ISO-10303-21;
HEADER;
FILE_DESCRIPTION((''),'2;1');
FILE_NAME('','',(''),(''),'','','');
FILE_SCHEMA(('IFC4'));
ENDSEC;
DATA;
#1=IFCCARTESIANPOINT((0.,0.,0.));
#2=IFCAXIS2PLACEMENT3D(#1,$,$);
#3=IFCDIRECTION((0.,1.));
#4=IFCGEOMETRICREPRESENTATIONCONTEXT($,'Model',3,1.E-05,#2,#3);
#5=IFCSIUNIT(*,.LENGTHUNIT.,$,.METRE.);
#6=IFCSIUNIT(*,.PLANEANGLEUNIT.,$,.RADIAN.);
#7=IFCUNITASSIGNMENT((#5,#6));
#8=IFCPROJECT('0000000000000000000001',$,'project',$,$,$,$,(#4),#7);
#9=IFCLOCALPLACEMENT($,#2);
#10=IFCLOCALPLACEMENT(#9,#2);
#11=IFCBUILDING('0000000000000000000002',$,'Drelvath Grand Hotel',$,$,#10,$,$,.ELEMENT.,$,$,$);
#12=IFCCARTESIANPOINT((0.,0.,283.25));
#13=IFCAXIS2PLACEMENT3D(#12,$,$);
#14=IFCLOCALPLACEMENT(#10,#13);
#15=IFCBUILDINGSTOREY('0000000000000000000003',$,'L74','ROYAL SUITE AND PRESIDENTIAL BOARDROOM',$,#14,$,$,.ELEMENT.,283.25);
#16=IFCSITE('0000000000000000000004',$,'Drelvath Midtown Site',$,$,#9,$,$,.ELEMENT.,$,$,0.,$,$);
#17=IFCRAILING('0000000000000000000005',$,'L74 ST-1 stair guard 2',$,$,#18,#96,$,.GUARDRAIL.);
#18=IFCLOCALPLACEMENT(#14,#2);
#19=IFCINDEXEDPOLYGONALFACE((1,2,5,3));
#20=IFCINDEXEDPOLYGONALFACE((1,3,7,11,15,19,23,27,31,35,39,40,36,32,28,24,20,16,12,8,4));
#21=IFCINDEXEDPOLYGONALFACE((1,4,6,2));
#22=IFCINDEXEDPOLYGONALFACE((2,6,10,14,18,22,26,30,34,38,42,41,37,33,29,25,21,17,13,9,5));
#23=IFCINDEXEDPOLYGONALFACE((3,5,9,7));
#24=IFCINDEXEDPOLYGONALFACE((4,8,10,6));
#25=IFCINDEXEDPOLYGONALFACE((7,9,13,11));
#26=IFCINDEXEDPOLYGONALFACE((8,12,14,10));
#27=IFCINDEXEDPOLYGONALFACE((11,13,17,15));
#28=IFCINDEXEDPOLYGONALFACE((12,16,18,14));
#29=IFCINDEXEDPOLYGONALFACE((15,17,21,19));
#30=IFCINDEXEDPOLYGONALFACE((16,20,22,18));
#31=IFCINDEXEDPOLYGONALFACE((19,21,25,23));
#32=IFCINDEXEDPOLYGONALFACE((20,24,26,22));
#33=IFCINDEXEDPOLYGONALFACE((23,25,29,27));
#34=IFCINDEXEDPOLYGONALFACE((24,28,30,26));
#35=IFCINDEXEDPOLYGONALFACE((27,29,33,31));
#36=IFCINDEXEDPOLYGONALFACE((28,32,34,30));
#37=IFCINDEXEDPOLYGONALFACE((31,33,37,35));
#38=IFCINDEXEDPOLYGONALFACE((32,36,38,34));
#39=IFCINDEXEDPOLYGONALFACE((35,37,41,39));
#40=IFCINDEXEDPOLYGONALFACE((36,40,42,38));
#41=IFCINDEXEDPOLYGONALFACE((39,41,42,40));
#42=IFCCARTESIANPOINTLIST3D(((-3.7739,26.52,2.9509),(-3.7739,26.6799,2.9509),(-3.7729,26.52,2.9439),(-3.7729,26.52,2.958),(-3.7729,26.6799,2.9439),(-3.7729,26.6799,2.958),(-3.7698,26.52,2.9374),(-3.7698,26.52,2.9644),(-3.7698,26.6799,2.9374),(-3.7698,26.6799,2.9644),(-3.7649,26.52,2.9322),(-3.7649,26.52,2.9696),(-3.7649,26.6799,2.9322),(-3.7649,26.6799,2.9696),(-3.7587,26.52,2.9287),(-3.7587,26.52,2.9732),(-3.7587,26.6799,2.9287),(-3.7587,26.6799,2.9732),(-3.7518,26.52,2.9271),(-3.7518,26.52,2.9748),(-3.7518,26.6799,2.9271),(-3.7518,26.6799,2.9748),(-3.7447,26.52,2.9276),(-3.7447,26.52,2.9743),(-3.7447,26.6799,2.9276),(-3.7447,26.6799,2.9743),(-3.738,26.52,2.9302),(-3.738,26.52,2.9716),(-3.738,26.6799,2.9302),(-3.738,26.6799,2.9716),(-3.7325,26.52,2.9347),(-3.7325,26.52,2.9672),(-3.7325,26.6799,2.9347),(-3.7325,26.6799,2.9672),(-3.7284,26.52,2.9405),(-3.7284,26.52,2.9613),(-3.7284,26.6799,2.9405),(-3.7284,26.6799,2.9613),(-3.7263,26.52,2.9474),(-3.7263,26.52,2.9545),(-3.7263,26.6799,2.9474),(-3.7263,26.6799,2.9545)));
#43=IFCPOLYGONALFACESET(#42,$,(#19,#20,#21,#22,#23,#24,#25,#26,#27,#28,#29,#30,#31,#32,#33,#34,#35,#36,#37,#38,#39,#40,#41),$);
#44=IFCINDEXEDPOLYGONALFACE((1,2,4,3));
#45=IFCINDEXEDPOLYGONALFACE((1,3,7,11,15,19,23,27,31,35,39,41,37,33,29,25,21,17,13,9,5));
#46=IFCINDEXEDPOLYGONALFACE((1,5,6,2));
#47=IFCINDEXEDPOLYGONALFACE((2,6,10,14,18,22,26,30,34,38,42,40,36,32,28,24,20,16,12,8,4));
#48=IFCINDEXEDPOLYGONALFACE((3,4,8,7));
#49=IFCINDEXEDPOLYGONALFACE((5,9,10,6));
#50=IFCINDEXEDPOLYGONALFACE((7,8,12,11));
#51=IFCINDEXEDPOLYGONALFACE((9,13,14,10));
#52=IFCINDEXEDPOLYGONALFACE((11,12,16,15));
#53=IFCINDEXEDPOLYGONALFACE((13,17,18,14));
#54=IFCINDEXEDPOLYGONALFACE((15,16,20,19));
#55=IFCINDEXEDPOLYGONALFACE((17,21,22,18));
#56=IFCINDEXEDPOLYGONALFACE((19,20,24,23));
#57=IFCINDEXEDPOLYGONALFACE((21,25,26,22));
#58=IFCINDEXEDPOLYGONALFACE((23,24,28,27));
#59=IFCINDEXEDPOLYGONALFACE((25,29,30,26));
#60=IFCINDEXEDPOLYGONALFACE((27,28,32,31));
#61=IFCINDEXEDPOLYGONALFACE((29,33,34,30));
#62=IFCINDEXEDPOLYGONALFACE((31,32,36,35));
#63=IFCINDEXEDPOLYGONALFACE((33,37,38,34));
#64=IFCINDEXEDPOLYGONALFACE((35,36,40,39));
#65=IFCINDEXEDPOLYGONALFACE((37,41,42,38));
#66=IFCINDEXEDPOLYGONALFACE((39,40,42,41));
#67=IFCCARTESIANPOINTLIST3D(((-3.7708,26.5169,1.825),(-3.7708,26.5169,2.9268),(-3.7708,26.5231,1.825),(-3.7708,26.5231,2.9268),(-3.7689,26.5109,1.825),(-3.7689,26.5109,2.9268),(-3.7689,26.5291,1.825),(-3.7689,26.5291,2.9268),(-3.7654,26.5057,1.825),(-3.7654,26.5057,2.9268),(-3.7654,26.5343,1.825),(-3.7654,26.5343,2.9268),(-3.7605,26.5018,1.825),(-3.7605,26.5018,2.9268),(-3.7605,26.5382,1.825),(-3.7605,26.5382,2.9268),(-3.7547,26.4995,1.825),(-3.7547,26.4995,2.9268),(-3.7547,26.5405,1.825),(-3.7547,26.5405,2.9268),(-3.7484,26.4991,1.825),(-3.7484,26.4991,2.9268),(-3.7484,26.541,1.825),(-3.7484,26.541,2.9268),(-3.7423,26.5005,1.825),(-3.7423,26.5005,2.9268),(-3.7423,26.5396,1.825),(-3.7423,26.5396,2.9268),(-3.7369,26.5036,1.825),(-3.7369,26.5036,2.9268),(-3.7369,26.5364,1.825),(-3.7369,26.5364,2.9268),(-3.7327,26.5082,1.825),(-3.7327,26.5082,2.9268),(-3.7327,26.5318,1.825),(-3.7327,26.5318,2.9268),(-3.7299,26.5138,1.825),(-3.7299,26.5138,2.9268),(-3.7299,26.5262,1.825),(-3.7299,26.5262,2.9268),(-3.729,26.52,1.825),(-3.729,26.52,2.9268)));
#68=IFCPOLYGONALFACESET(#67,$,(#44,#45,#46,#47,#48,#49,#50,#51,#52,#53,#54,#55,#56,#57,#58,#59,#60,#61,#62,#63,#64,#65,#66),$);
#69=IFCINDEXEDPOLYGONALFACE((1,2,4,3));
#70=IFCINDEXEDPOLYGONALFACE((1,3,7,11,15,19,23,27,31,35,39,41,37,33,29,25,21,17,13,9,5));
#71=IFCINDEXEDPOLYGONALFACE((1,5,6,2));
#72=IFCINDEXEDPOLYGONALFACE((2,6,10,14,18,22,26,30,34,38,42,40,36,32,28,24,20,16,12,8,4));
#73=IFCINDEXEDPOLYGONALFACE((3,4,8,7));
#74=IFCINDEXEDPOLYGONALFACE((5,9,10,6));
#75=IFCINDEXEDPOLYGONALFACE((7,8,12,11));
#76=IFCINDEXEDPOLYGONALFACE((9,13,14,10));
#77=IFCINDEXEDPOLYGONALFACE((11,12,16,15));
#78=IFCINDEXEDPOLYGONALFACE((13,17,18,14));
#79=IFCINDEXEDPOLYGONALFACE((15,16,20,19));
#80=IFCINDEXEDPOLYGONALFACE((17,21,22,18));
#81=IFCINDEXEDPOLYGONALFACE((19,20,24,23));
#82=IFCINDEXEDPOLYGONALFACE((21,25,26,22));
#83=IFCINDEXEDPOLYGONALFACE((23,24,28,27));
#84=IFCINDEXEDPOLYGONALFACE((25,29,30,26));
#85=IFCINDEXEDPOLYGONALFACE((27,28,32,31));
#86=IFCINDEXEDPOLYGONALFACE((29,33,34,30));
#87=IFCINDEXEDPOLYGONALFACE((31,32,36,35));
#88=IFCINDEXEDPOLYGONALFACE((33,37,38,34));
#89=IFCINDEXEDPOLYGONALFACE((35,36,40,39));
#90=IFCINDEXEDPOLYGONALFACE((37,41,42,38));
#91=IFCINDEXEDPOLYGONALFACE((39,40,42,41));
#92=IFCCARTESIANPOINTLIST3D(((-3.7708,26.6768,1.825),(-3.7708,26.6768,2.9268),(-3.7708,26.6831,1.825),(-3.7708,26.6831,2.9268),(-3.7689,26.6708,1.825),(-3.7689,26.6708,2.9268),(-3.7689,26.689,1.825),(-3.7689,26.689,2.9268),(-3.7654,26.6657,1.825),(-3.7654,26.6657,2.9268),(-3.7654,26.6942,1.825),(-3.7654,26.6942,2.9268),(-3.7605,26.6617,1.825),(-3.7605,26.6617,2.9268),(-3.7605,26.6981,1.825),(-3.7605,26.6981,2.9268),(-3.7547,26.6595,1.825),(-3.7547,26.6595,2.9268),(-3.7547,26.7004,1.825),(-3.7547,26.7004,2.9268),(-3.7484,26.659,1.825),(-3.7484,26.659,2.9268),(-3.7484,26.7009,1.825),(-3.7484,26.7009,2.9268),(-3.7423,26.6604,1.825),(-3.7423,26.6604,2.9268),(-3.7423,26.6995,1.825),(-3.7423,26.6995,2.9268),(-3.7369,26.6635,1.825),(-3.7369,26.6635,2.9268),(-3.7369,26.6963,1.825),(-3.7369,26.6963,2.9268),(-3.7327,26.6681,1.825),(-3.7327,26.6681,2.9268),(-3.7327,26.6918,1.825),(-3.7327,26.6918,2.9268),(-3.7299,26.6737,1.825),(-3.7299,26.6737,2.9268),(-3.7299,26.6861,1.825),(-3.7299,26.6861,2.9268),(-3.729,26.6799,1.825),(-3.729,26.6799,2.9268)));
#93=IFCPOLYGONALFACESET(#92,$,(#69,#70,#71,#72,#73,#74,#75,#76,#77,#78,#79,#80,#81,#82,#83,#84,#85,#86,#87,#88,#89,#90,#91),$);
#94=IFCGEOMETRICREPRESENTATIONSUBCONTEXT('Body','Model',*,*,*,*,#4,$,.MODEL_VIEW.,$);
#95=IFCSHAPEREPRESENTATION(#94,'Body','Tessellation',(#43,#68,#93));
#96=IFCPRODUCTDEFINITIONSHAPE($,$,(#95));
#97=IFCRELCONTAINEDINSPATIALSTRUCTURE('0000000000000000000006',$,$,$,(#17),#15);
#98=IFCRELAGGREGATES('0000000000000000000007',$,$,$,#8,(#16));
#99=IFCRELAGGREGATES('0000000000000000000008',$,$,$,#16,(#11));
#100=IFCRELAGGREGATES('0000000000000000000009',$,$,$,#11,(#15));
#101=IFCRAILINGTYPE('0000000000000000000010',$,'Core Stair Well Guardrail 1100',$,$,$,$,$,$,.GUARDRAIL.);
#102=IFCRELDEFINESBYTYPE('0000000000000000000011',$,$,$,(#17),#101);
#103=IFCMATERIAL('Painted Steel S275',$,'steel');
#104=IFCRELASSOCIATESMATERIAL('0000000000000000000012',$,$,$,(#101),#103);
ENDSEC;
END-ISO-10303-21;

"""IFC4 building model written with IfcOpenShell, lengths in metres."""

from ifc_helpers import new_model, si_unit, direction, frame, origin, origin_2d, place, context, subcontext, project, spatial, circle, extrude, material, type_object, element, save


model = new_model("IFC4")

# Units and contexts
model_context = context("Model", 3, precision=1e-05, world=origin(), true_north=direction((0.0, 1.0)))
body_context = subcontext(model_context, "Body", "Model", "MODEL_VIEW")
ifc_project = project(units=[si_unit("LENGTHUNIT", "METRE"), si_unit("PLANEANGLEUNIT", "RADIAN")], contexts=[model_context])

# Site, building, storey
site_placement = place(None, origin())
site = spatial("IfcSite", under=ifc_project, at=site_placement, Name="Drelvath Midtown Site", CompositionType="ELEMENT", RefElevation=0.0)
building_placement = place(site_placement, origin())
building = spatial("IfcBuilding", under=site, at=building_placement, Name="Drelvath Grand Hotel", CompositionType="ELEMENT")
storey_placement = place(building_placement, frame((0.0, 0.0, 283.25)))
storey = spatial("IfcBuildingStorey", under=building, at=storey_placement, Name="L74", Description="ROYAL SUITE AND PRESIDENTIAL BOARDROOM", CompositionType="ELEMENT", Elevation=283.25)

# Shared definitions
ifc_material_1 = material(Name="Painted Steel S275", Category="steel")

# Railing
railing_type_1 = type_object("IfcRailingType", Name="Core Stair Well Guardrail 1100", PredefinedType="GUARDRAIL", material=ifc_material_1)
railing_1_placement = place(storey_placement, frame((-3.75, 26.52, 1.825)))
element("IfcRailing", 1, at=railing_1_placement, inside=storey, type_object=railing_type_1, Name="L74 ST-1 stair guard 2", PredefinedType="GUARDRAIL", context=body_context, shape_type="SweptSolid", body=[
    extrude(circle(Radius=0.0239, at=origin_2d()), frame((0.0, 0.0, 1.126), z_axis=(0.0, 1.0, 0.0), x_axis=(-1.0, 0.0, 0.0)), (0.0, 0.0, 1.0), 0.1599),
    extrude(circle(Radius=0.021, at=origin_2d()), origin(), (0.0, 0.0, 1.0), 1.1018),
    extrude(circle(Radius=0.021, at=origin_2d()), frame((0.0, 0.1599, 0.0)), (0.0, 0.0, 1.0), 1.1018),
])

save(model, "model.ifc")
